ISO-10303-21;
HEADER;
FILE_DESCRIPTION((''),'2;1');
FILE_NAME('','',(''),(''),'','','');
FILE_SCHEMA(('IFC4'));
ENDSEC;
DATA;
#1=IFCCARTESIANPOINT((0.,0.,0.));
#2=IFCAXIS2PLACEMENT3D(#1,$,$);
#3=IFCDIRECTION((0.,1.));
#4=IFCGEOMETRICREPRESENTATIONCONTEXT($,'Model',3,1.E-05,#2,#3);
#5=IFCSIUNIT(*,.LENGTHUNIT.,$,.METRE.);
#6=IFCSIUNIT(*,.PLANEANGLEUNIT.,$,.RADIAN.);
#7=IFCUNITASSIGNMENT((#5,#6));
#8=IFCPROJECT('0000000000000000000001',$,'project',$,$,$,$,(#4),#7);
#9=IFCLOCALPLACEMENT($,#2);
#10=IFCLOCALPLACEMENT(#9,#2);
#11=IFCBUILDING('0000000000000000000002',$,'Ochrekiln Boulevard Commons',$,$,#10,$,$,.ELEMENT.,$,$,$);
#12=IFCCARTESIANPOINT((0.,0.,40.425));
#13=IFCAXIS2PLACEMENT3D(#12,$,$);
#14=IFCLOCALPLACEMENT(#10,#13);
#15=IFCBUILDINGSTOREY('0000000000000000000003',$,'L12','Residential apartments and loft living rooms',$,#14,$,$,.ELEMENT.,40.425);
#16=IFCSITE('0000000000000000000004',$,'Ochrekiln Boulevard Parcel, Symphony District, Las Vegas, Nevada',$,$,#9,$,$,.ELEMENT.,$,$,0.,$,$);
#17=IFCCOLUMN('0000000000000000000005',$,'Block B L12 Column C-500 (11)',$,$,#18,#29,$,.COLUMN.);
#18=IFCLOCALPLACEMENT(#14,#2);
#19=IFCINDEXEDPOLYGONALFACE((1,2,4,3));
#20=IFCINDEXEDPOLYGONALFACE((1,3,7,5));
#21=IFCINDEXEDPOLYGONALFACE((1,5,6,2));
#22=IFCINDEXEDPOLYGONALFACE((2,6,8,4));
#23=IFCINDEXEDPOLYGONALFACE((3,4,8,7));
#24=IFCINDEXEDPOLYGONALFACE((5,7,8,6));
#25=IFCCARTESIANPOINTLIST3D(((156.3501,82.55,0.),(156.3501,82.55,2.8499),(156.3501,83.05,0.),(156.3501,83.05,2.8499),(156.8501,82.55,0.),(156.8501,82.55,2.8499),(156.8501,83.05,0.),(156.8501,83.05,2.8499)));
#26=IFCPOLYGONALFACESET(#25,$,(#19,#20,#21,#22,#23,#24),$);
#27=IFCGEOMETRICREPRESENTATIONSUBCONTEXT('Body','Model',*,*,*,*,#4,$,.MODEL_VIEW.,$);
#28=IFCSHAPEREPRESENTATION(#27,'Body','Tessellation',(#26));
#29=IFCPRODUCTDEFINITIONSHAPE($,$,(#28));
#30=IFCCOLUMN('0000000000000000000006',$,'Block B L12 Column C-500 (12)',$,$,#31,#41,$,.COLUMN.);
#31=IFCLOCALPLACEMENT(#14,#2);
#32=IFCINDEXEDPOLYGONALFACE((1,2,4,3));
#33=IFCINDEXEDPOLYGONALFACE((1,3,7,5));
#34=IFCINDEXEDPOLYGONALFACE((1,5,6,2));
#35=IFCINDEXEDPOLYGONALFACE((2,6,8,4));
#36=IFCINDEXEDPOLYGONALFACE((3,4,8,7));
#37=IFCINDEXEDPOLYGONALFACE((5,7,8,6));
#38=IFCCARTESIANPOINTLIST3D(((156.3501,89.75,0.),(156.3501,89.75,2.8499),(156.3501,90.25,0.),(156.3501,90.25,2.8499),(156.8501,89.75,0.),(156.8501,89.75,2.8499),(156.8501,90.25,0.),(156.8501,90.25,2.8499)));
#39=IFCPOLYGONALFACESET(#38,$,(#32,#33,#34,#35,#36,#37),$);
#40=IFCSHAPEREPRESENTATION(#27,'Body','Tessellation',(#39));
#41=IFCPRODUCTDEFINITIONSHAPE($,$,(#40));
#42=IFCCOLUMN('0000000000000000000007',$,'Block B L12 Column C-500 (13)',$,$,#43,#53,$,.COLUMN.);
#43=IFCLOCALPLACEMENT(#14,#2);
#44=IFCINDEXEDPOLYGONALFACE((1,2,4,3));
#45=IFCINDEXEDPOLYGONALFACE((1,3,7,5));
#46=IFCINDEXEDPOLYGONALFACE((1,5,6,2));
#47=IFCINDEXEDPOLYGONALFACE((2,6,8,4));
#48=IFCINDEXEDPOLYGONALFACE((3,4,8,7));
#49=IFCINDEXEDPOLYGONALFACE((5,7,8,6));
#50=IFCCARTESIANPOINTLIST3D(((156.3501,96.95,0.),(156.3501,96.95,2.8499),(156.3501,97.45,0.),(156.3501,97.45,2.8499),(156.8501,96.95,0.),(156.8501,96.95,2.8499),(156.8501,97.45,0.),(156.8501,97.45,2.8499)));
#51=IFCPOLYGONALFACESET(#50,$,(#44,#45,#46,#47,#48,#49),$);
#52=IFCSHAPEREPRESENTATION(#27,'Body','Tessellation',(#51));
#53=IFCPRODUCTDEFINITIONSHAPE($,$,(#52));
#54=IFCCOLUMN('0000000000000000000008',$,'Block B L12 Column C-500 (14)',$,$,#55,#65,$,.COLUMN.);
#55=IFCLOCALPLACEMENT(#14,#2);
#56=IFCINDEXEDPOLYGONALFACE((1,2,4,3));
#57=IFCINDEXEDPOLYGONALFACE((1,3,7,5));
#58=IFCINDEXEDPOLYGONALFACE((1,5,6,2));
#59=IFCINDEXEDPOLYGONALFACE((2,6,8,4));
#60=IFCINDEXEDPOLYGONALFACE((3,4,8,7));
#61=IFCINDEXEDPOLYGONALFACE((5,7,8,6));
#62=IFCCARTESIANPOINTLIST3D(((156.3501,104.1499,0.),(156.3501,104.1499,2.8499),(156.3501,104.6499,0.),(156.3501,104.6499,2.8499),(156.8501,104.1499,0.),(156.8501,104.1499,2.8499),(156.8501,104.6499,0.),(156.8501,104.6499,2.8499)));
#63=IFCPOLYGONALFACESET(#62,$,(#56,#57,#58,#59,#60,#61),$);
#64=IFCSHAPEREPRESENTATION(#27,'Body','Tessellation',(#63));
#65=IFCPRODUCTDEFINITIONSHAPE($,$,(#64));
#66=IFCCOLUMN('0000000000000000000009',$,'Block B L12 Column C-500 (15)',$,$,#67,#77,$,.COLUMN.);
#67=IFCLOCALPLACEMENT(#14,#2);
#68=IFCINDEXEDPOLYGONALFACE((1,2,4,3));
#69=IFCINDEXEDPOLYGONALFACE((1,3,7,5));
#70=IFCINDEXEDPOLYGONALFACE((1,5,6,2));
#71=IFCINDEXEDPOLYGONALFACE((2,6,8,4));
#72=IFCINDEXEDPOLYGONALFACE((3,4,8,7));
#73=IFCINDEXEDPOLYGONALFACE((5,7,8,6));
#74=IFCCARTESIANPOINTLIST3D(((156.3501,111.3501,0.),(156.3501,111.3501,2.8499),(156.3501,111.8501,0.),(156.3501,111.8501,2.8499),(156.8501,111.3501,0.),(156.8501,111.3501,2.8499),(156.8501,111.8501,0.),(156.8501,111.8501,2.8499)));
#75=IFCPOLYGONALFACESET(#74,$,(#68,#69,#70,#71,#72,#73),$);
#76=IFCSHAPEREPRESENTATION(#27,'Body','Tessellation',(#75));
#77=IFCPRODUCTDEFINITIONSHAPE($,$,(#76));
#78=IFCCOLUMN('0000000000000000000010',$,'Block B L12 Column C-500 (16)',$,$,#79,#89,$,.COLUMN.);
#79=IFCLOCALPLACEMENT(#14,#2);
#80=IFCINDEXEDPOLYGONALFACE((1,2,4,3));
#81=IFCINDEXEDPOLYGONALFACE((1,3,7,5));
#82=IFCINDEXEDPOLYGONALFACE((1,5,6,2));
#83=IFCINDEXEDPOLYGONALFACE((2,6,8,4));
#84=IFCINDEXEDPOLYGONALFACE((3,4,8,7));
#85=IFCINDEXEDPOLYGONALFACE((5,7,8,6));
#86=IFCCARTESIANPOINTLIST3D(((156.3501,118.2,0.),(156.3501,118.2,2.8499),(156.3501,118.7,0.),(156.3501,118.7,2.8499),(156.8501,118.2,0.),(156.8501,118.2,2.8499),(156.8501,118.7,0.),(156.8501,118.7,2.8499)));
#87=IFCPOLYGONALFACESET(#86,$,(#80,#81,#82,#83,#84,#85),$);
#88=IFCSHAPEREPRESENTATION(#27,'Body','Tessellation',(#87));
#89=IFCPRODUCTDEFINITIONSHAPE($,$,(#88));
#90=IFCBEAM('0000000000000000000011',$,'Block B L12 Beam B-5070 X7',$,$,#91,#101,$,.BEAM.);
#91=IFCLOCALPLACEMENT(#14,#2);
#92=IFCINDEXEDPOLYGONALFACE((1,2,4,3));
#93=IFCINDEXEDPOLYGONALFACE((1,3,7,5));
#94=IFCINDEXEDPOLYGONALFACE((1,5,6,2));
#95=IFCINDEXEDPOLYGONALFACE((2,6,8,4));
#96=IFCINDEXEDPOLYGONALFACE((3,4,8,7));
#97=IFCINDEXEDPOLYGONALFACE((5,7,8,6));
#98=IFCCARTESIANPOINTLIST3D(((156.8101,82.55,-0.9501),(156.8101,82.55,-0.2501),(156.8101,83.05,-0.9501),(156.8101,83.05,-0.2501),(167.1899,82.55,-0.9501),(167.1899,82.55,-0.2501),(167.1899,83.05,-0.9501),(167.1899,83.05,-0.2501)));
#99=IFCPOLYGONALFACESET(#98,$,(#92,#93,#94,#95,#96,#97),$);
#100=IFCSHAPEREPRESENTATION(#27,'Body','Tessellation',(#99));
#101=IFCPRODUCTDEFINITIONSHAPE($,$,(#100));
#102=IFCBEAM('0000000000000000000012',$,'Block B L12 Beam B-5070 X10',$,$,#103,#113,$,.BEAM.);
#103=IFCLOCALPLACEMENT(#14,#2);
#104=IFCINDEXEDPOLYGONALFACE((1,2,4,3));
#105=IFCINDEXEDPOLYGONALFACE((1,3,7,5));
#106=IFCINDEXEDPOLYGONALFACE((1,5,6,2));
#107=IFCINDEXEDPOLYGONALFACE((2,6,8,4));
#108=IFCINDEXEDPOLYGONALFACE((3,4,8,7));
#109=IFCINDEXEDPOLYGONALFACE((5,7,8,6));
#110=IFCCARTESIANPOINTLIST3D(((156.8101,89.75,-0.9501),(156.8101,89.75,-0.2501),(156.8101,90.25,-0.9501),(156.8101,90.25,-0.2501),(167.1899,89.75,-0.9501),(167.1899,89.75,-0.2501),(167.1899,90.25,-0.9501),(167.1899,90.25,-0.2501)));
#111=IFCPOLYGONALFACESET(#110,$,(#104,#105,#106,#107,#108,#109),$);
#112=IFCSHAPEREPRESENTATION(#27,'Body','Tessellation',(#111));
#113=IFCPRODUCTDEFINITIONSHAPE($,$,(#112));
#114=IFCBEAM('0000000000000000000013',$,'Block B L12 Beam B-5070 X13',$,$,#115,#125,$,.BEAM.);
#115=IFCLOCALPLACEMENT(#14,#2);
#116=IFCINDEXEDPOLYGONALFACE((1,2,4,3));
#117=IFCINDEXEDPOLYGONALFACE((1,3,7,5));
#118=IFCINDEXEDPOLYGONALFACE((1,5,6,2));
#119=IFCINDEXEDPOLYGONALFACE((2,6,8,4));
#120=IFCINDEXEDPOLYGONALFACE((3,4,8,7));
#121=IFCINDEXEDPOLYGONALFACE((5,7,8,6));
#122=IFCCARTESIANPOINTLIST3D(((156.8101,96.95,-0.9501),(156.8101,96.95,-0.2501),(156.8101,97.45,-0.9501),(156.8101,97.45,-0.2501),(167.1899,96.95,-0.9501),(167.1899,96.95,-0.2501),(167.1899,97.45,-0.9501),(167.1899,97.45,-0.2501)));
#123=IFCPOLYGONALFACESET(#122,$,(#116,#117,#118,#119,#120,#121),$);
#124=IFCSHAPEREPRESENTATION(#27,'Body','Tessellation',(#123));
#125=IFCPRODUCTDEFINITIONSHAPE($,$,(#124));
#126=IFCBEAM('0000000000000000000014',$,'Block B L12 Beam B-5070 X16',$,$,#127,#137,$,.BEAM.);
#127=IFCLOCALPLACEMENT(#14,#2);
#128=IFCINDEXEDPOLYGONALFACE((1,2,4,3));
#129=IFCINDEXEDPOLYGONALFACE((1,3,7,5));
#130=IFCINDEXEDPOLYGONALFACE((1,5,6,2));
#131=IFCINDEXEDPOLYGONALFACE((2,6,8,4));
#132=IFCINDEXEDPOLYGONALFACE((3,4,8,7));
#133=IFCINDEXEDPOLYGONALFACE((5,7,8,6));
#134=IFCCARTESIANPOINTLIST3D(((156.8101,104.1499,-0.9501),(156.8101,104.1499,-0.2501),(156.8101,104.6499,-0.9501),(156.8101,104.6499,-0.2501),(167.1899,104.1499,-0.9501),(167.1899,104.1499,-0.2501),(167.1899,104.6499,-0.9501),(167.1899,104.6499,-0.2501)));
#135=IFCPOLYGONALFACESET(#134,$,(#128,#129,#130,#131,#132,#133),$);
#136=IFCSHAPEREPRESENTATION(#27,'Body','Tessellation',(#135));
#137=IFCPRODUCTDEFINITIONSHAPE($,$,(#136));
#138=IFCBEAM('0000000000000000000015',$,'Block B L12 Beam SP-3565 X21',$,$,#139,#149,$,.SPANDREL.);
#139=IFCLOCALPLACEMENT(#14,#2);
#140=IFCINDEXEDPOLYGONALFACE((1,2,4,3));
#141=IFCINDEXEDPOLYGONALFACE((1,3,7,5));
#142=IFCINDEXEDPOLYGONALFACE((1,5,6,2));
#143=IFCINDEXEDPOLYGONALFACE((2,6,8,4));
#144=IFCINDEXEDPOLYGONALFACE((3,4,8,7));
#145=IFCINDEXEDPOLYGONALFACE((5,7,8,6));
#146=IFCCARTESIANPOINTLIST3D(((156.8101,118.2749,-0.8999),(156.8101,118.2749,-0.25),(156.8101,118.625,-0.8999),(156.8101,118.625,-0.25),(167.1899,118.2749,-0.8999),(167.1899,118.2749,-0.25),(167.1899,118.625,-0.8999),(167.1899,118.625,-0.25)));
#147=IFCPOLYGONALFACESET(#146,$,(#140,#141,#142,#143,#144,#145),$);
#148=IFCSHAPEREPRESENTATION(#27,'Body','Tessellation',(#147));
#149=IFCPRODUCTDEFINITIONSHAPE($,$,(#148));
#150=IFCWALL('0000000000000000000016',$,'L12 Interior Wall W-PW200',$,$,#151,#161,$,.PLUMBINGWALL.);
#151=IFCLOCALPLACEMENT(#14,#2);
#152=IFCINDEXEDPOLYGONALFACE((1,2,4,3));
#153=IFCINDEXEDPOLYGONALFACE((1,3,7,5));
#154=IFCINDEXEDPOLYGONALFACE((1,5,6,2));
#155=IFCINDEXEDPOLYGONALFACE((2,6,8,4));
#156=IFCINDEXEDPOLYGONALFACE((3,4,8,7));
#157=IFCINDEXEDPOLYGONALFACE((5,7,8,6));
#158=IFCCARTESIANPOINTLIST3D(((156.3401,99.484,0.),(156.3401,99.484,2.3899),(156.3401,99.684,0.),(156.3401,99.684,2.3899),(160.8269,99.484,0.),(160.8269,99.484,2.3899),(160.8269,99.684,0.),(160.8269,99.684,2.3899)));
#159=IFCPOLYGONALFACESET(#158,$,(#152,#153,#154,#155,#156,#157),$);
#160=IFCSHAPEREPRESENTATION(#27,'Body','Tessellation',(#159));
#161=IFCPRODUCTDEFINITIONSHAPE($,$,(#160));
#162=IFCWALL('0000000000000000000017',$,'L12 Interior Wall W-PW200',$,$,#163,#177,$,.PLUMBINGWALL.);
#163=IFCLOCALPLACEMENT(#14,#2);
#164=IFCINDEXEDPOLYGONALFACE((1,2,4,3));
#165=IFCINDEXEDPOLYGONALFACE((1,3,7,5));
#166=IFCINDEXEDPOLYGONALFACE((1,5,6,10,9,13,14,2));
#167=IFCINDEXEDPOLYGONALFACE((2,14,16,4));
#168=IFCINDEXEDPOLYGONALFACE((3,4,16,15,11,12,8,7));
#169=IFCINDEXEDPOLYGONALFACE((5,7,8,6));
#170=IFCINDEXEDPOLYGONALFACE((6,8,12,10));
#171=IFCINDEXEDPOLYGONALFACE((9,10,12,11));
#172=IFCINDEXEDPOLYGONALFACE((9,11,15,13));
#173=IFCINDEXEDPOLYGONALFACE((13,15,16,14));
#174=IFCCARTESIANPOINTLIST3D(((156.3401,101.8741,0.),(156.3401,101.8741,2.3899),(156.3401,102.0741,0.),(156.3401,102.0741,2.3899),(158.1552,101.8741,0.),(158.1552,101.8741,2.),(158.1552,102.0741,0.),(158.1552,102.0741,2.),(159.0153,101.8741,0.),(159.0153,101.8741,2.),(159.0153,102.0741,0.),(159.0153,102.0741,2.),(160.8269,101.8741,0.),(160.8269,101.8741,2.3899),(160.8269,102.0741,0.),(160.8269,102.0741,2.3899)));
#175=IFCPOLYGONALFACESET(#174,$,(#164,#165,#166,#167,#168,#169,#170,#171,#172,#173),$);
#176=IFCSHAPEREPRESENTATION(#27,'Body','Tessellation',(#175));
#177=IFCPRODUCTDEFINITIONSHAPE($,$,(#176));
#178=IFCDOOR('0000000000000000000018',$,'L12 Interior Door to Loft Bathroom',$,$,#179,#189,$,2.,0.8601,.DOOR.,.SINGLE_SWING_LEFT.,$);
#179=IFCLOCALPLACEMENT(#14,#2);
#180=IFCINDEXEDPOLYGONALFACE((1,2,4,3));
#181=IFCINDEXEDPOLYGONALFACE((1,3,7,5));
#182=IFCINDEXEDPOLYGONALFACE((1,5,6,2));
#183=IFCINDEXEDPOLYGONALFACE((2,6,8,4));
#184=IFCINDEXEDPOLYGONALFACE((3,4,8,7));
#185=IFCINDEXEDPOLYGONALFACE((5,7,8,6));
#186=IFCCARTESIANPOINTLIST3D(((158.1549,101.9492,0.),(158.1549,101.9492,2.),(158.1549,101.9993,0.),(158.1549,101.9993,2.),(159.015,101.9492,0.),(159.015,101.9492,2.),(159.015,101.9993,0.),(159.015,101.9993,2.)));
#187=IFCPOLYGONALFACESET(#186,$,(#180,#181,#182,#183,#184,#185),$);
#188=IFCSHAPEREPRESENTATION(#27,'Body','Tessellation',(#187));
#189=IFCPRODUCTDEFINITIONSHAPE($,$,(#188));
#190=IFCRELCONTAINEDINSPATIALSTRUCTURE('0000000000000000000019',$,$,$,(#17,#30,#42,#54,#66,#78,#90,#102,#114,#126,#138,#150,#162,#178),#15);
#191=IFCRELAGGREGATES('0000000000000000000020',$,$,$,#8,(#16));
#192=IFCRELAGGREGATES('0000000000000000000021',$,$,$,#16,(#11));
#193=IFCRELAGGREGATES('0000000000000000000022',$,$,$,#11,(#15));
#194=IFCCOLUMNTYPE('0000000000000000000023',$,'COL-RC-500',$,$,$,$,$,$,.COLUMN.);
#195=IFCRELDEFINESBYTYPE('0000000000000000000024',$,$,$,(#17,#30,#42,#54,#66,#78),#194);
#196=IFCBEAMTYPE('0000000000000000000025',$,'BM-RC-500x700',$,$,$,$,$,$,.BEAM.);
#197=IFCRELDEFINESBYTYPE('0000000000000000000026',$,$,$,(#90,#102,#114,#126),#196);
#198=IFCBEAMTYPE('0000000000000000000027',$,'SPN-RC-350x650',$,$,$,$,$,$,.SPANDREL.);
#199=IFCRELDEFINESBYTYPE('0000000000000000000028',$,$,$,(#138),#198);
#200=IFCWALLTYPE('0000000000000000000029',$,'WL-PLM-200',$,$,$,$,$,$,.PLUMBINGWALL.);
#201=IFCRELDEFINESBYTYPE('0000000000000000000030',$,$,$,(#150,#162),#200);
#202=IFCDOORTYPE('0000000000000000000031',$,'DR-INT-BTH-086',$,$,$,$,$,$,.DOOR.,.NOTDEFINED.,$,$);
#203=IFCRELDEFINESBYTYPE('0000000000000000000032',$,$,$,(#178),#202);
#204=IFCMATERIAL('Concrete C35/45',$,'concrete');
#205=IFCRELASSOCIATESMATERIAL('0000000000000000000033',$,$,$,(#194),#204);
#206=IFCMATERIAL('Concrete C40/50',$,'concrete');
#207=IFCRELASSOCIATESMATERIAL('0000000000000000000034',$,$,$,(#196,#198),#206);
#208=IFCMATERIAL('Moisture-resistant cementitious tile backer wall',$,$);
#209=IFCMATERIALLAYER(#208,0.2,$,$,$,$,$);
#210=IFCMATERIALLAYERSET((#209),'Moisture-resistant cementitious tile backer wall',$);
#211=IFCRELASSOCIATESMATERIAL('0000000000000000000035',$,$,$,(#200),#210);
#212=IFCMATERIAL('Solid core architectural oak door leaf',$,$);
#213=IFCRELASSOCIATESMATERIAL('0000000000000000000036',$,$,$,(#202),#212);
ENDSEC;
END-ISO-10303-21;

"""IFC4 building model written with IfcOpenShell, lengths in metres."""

from ifc_helpers import new_model, si_unit, direction, frame, frame_2d, origin, origin_2d, place, context, subcontext, project, spatial, rectangle, extrude, material, layer, layer_set, material_profile, profile_set, type_object, element, fill, save


model = new_model("IFC4")

# Units and contexts
model_context = context("Model", 3, precision=1e-05, world=origin(), true_north=direction((0.0, 1.0)))
body_context = subcontext(model_context, "Body", "Model", "MODEL_VIEW")
ifc_project = project(units=[si_unit("LENGTHUNIT", "METRE"), si_unit("PLANEANGLEUNIT", "RADIAN")], contexts=[model_context])

# Site, building, storey
site_placement = place(None, origin())
site = spatial("IfcSite", under=ifc_project, at=site_placement, Name="Ochrekiln Boulevard Parcel, Symphony District, Las Vegas, Nevada", CompositionType="ELEMENT", RefElevation=0.0)
building_placement = place(site_placement, origin())
building = spatial("IfcBuilding", under=site, at=building_placement, Name="Ochrekiln Boulevard Commons", CompositionType="ELEMENT")
storey_placement = place(building_placement, frame((0.0, 0.0, 40.425)))
storey = spatial("IfcBuildingStorey", under=building, at=storey_placement, Name="L12", Description="Residential apartments and loft living rooms", CompositionType="ELEMENT", Elevation=40.425)

# Columns
ifc_material_1 = material(Name="Concrete C35/45", Category="concrete")
ifc_material_profile_1 = material_profile(ifc_material_1, rectangle(XDim=0.5, YDim=0.5, at=origin_2d()), Name="RC-COL-500x500")
ifc_profile_set_1 = profile_set([ifc_material_profile_1], Name="Concrete C35/45")
column_type = type_object("IfcColumnType", Name="COL-RC-500", PredefinedType="COLUMN", material=ifc_profile_set_1)
for number, where, z_axis, x_axis, name in (
    (1, (156.6001, 82.8, 0.0), (0.0, 0.0, 1.0), (1.0, 0.0, 0.0), "Block B L12 Column C-500 (11)"),
    (2, (156.6001, 90.0, 0.0), (0.0, 0.0, 1.0), (1.0, 0.0, 0.0), "Block B L12 Column C-500 (12)"),
    (3, (156.6001, 97.2, 0.0), (0.0, 0.0, 1.0), (1.0, 0.0, 0.0), "Block B L12 Column C-500 (13)"),
    (4, (156.6001, 104.3999, 0.0), (0.0, 0.0, 1.0), (1.0, 0.0, 0.0), "Block B L12 Column C-500 (14)"),
    (5, (156.6001, 111.6001, 0.0), (0.0, 0.0, 1.0), (1.0, 0.0, 0.0), "Block B L12 Column C-500 (15)"),
    (6, (156.6001, 118.45, 0.0), (0.0, 0.0, 1.0), (1.0, 0.0, 0.0), "Block B L12 Column C-500 (16)"),
):
    element("IfcColumn", number, at=place(storey_placement, frame(where, z_axis=z_axis, x_axis=x_axis)), inside=storey, type_object=column_type, Name=name, PredefinedType="COLUMN", context=body_context, shape_type="SweptSolid", body=[
        extrude(rectangle(XDim=0.5, YDim=0.5, at=origin_2d()), origin(), (0.0, 0.0, 1.0), 2.8499),
    ])

# Beams
ifc_material_2 = material(Name="Concrete C40/50", Category="concrete")
ifc_material_profile_2 = material_profile(ifc_material_2, rectangle(XDim=0.5, YDim=0.7, at=origin_2d()), Name="RC-BM-500x700")
ifc_profile_set_2 = profile_set([ifc_material_profile_2], Name="Concrete C40/50")
beam_type_1 = type_object("IfcBeamType", Name="BM-RC-500x700", PredefinedType="BEAM", material=ifc_profile_set_2)
for number, where, z_axis, x_axis, name in (
    (7, (156.8101, 82.8, -0.6001), (1.0, 0.0, 0.0), (0.0, 1.0, 0.0), "Block B L12 Beam B-5070 X7"),
    (8, (156.8101, 90.0, -0.6001), (1.0, 0.0, 0.0), (0.0, 1.0, 0.0), "Block B L12 Beam B-5070 X10"),
    (9, (156.8101, 97.2, -0.6001), (1.0, 0.0, 0.0), (0.0, 1.0, 0.0), "Block B L12 Beam B-5070 X13"),
    (10, (156.8101, 104.3999, -0.6001), (1.0, 0.0, 0.0), (0.0, 1.0, 0.0), "Block B L12 Beam B-5070 X16"),
):
    element("IfcBeam", number, at=place(storey_placement, frame(where, z_axis=z_axis, x_axis=x_axis)), inside=storey, type_object=beam_type_1, Name=name, PredefinedType="BEAM", context=body_context, shape_type="SweptSolid", body=[
        extrude(rectangle(XDim=0.5, YDim=0.7, at=origin_2d()), origin(), (0.0, 0.0, 1.0), 10.3799),
    ])
ifc_material_profile_3 = material_profile(ifc_material_2, rectangle(XDim=0.3501, YDim=0.6499, at=origin_2d()), Name="RC-SPN-350x650")
ifc_profile_set_3 = profile_set([ifc_material_profile_3], Name="Concrete C40/50")
beam_type_2 = type_object("IfcBeamType", Name="SPN-RC-350x650", PredefinedType="SPANDREL", material=ifc_profile_set_3)
beam_placement = place(storey_placement, frame((156.8101, 118.45, -0.575), z_axis=(1.0, 0.0, 0.0), x_axis=(0.0, 1.0, 0.0)))
element("IfcBeam", 11, at=beam_placement, inside=storey, type_object=beam_type_2, Name="Block B L12 Beam SP-3565 X21", PredefinedType="SPANDREL", context=body_context, shape_type="SweptSolid", body=[
    extrude(rectangle(XDim=0.3501, YDim=0.6499, at=origin_2d()), origin(), (0.0, 0.0, 1.0), 10.3799),
])

# Wall
ifc_material_3 = material(Name="Moisture-resistant cementitious tile backer wall")
ifc_layer_1 = layer(ifc_material_3, 0.2)
ifc_layer_set_1 = layer_set([ifc_layer_1], Name="Moisture-resistant cementitious tile backer wall")
wall_type_1 = type_object("IfcWallType", Name="WL-PLM-200", PredefinedType="PLUMBINGWALL", material=ifc_layer_set_1)
wall_1_placement = place(storey_placement, frame((156.3401, 99.584, 0.0), z_axis=(0.0, 0.0, 1.0), x_axis=(1.0, 0.0, 0.0)))
element("IfcWall", 12, at=wall_1_placement, inside=storey, type_object=wall_type_1, Name="L12 Interior Wall W-PW200", PredefinedType="PLUMBINGWALL", context=body_context, shape_type="SweptSolid", body=[
    extrude(rectangle(XDim=4.4868, YDim=0.2, at=frame_2d((2.2434, 0.0))), origin(), (0.0, 0.0, 1.0), 2.3899),
])

# Wall, opening, door
wall_2_placement = place(storey_placement, frame((156.3401, 101.9741, 0.0), z_axis=(0.0, 0.0, 1.0), x_axis=(1.0, 0.0, 0.0)))
wall_2 = element("IfcWall", 13, at=wall_2_placement, inside=storey, type_object=wall_type_1, Name="L12 Interior Wall W-PW200", PredefinedType="PLUMBINGWALL", context=body_context, shape_type="SweptSolid", body=[
    extrude(rectangle(XDim=4.4868, YDim=0.2, at=frame_2d((2.2434, 0.0))), origin(), (0.0, 0.0, 1.0), 2.3899),
])
opening_1_placement = place(wall_2_placement, frame((1.8149, 0.0, 0.0)))
opening_1 = element("IfcOpeningElement", 14, at=opening_1_placement, cuts=wall_2, PredefinedType="OPENING", context=body_context, shape_type="SweptSolid", body=[
    extrude(rectangle(XDim=0.8601, YDim=2.0, at=frame_2d((0.4302, 1.0))), frame((0.0, 0.1099, 0.0), z_axis=(0.0, -1.0, 0.0), x_axis=(1.0, 0.0, 0.0)), (0.0, 0.0, 1.0), 0.22),
])
ifc_material_4 = material(Name="Solid core architectural oak door leaf")
door_type_1 = type_object("IfcDoorType", Name="DR-INT-BTH-086", OperationType="NOTDEFINED", PredefinedType="DOOR", material=ifc_material_4)
door_1_placement = place(opening_1_placement, frame((0.8601, 0.0, 0.0), z_axis=(0.0, 0.0, 1.0), x_axis=(-1.0, 0.0, 0.0)))
door_1 = element("IfcDoor", 15, at=door_1_placement, inside=storey, type_object=door_type_1, Name="L12 Interior Door to Loft Bathroom", OperationType="SINGLE_SWING_LEFT", OverallHeight=2.0, OverallWidth=0.8601, PredefinedType="DOOR", context=body_context, shape_type="SweptSolid", body=[
    extrude(rectangle(XDim=0.8601, YDim=2.0, at=frame_2d((0.4302, 1.0))), frame((0.0, 0.0249, 0.0), z_axis=(0.0, -1.0, 0.0), x_axis=(1.0, 0.0, 0.0)), (0.0, 0.0, 1.0), 0.05),
])
fill(opening_1, door_1)

save(model, "model.ifc")
